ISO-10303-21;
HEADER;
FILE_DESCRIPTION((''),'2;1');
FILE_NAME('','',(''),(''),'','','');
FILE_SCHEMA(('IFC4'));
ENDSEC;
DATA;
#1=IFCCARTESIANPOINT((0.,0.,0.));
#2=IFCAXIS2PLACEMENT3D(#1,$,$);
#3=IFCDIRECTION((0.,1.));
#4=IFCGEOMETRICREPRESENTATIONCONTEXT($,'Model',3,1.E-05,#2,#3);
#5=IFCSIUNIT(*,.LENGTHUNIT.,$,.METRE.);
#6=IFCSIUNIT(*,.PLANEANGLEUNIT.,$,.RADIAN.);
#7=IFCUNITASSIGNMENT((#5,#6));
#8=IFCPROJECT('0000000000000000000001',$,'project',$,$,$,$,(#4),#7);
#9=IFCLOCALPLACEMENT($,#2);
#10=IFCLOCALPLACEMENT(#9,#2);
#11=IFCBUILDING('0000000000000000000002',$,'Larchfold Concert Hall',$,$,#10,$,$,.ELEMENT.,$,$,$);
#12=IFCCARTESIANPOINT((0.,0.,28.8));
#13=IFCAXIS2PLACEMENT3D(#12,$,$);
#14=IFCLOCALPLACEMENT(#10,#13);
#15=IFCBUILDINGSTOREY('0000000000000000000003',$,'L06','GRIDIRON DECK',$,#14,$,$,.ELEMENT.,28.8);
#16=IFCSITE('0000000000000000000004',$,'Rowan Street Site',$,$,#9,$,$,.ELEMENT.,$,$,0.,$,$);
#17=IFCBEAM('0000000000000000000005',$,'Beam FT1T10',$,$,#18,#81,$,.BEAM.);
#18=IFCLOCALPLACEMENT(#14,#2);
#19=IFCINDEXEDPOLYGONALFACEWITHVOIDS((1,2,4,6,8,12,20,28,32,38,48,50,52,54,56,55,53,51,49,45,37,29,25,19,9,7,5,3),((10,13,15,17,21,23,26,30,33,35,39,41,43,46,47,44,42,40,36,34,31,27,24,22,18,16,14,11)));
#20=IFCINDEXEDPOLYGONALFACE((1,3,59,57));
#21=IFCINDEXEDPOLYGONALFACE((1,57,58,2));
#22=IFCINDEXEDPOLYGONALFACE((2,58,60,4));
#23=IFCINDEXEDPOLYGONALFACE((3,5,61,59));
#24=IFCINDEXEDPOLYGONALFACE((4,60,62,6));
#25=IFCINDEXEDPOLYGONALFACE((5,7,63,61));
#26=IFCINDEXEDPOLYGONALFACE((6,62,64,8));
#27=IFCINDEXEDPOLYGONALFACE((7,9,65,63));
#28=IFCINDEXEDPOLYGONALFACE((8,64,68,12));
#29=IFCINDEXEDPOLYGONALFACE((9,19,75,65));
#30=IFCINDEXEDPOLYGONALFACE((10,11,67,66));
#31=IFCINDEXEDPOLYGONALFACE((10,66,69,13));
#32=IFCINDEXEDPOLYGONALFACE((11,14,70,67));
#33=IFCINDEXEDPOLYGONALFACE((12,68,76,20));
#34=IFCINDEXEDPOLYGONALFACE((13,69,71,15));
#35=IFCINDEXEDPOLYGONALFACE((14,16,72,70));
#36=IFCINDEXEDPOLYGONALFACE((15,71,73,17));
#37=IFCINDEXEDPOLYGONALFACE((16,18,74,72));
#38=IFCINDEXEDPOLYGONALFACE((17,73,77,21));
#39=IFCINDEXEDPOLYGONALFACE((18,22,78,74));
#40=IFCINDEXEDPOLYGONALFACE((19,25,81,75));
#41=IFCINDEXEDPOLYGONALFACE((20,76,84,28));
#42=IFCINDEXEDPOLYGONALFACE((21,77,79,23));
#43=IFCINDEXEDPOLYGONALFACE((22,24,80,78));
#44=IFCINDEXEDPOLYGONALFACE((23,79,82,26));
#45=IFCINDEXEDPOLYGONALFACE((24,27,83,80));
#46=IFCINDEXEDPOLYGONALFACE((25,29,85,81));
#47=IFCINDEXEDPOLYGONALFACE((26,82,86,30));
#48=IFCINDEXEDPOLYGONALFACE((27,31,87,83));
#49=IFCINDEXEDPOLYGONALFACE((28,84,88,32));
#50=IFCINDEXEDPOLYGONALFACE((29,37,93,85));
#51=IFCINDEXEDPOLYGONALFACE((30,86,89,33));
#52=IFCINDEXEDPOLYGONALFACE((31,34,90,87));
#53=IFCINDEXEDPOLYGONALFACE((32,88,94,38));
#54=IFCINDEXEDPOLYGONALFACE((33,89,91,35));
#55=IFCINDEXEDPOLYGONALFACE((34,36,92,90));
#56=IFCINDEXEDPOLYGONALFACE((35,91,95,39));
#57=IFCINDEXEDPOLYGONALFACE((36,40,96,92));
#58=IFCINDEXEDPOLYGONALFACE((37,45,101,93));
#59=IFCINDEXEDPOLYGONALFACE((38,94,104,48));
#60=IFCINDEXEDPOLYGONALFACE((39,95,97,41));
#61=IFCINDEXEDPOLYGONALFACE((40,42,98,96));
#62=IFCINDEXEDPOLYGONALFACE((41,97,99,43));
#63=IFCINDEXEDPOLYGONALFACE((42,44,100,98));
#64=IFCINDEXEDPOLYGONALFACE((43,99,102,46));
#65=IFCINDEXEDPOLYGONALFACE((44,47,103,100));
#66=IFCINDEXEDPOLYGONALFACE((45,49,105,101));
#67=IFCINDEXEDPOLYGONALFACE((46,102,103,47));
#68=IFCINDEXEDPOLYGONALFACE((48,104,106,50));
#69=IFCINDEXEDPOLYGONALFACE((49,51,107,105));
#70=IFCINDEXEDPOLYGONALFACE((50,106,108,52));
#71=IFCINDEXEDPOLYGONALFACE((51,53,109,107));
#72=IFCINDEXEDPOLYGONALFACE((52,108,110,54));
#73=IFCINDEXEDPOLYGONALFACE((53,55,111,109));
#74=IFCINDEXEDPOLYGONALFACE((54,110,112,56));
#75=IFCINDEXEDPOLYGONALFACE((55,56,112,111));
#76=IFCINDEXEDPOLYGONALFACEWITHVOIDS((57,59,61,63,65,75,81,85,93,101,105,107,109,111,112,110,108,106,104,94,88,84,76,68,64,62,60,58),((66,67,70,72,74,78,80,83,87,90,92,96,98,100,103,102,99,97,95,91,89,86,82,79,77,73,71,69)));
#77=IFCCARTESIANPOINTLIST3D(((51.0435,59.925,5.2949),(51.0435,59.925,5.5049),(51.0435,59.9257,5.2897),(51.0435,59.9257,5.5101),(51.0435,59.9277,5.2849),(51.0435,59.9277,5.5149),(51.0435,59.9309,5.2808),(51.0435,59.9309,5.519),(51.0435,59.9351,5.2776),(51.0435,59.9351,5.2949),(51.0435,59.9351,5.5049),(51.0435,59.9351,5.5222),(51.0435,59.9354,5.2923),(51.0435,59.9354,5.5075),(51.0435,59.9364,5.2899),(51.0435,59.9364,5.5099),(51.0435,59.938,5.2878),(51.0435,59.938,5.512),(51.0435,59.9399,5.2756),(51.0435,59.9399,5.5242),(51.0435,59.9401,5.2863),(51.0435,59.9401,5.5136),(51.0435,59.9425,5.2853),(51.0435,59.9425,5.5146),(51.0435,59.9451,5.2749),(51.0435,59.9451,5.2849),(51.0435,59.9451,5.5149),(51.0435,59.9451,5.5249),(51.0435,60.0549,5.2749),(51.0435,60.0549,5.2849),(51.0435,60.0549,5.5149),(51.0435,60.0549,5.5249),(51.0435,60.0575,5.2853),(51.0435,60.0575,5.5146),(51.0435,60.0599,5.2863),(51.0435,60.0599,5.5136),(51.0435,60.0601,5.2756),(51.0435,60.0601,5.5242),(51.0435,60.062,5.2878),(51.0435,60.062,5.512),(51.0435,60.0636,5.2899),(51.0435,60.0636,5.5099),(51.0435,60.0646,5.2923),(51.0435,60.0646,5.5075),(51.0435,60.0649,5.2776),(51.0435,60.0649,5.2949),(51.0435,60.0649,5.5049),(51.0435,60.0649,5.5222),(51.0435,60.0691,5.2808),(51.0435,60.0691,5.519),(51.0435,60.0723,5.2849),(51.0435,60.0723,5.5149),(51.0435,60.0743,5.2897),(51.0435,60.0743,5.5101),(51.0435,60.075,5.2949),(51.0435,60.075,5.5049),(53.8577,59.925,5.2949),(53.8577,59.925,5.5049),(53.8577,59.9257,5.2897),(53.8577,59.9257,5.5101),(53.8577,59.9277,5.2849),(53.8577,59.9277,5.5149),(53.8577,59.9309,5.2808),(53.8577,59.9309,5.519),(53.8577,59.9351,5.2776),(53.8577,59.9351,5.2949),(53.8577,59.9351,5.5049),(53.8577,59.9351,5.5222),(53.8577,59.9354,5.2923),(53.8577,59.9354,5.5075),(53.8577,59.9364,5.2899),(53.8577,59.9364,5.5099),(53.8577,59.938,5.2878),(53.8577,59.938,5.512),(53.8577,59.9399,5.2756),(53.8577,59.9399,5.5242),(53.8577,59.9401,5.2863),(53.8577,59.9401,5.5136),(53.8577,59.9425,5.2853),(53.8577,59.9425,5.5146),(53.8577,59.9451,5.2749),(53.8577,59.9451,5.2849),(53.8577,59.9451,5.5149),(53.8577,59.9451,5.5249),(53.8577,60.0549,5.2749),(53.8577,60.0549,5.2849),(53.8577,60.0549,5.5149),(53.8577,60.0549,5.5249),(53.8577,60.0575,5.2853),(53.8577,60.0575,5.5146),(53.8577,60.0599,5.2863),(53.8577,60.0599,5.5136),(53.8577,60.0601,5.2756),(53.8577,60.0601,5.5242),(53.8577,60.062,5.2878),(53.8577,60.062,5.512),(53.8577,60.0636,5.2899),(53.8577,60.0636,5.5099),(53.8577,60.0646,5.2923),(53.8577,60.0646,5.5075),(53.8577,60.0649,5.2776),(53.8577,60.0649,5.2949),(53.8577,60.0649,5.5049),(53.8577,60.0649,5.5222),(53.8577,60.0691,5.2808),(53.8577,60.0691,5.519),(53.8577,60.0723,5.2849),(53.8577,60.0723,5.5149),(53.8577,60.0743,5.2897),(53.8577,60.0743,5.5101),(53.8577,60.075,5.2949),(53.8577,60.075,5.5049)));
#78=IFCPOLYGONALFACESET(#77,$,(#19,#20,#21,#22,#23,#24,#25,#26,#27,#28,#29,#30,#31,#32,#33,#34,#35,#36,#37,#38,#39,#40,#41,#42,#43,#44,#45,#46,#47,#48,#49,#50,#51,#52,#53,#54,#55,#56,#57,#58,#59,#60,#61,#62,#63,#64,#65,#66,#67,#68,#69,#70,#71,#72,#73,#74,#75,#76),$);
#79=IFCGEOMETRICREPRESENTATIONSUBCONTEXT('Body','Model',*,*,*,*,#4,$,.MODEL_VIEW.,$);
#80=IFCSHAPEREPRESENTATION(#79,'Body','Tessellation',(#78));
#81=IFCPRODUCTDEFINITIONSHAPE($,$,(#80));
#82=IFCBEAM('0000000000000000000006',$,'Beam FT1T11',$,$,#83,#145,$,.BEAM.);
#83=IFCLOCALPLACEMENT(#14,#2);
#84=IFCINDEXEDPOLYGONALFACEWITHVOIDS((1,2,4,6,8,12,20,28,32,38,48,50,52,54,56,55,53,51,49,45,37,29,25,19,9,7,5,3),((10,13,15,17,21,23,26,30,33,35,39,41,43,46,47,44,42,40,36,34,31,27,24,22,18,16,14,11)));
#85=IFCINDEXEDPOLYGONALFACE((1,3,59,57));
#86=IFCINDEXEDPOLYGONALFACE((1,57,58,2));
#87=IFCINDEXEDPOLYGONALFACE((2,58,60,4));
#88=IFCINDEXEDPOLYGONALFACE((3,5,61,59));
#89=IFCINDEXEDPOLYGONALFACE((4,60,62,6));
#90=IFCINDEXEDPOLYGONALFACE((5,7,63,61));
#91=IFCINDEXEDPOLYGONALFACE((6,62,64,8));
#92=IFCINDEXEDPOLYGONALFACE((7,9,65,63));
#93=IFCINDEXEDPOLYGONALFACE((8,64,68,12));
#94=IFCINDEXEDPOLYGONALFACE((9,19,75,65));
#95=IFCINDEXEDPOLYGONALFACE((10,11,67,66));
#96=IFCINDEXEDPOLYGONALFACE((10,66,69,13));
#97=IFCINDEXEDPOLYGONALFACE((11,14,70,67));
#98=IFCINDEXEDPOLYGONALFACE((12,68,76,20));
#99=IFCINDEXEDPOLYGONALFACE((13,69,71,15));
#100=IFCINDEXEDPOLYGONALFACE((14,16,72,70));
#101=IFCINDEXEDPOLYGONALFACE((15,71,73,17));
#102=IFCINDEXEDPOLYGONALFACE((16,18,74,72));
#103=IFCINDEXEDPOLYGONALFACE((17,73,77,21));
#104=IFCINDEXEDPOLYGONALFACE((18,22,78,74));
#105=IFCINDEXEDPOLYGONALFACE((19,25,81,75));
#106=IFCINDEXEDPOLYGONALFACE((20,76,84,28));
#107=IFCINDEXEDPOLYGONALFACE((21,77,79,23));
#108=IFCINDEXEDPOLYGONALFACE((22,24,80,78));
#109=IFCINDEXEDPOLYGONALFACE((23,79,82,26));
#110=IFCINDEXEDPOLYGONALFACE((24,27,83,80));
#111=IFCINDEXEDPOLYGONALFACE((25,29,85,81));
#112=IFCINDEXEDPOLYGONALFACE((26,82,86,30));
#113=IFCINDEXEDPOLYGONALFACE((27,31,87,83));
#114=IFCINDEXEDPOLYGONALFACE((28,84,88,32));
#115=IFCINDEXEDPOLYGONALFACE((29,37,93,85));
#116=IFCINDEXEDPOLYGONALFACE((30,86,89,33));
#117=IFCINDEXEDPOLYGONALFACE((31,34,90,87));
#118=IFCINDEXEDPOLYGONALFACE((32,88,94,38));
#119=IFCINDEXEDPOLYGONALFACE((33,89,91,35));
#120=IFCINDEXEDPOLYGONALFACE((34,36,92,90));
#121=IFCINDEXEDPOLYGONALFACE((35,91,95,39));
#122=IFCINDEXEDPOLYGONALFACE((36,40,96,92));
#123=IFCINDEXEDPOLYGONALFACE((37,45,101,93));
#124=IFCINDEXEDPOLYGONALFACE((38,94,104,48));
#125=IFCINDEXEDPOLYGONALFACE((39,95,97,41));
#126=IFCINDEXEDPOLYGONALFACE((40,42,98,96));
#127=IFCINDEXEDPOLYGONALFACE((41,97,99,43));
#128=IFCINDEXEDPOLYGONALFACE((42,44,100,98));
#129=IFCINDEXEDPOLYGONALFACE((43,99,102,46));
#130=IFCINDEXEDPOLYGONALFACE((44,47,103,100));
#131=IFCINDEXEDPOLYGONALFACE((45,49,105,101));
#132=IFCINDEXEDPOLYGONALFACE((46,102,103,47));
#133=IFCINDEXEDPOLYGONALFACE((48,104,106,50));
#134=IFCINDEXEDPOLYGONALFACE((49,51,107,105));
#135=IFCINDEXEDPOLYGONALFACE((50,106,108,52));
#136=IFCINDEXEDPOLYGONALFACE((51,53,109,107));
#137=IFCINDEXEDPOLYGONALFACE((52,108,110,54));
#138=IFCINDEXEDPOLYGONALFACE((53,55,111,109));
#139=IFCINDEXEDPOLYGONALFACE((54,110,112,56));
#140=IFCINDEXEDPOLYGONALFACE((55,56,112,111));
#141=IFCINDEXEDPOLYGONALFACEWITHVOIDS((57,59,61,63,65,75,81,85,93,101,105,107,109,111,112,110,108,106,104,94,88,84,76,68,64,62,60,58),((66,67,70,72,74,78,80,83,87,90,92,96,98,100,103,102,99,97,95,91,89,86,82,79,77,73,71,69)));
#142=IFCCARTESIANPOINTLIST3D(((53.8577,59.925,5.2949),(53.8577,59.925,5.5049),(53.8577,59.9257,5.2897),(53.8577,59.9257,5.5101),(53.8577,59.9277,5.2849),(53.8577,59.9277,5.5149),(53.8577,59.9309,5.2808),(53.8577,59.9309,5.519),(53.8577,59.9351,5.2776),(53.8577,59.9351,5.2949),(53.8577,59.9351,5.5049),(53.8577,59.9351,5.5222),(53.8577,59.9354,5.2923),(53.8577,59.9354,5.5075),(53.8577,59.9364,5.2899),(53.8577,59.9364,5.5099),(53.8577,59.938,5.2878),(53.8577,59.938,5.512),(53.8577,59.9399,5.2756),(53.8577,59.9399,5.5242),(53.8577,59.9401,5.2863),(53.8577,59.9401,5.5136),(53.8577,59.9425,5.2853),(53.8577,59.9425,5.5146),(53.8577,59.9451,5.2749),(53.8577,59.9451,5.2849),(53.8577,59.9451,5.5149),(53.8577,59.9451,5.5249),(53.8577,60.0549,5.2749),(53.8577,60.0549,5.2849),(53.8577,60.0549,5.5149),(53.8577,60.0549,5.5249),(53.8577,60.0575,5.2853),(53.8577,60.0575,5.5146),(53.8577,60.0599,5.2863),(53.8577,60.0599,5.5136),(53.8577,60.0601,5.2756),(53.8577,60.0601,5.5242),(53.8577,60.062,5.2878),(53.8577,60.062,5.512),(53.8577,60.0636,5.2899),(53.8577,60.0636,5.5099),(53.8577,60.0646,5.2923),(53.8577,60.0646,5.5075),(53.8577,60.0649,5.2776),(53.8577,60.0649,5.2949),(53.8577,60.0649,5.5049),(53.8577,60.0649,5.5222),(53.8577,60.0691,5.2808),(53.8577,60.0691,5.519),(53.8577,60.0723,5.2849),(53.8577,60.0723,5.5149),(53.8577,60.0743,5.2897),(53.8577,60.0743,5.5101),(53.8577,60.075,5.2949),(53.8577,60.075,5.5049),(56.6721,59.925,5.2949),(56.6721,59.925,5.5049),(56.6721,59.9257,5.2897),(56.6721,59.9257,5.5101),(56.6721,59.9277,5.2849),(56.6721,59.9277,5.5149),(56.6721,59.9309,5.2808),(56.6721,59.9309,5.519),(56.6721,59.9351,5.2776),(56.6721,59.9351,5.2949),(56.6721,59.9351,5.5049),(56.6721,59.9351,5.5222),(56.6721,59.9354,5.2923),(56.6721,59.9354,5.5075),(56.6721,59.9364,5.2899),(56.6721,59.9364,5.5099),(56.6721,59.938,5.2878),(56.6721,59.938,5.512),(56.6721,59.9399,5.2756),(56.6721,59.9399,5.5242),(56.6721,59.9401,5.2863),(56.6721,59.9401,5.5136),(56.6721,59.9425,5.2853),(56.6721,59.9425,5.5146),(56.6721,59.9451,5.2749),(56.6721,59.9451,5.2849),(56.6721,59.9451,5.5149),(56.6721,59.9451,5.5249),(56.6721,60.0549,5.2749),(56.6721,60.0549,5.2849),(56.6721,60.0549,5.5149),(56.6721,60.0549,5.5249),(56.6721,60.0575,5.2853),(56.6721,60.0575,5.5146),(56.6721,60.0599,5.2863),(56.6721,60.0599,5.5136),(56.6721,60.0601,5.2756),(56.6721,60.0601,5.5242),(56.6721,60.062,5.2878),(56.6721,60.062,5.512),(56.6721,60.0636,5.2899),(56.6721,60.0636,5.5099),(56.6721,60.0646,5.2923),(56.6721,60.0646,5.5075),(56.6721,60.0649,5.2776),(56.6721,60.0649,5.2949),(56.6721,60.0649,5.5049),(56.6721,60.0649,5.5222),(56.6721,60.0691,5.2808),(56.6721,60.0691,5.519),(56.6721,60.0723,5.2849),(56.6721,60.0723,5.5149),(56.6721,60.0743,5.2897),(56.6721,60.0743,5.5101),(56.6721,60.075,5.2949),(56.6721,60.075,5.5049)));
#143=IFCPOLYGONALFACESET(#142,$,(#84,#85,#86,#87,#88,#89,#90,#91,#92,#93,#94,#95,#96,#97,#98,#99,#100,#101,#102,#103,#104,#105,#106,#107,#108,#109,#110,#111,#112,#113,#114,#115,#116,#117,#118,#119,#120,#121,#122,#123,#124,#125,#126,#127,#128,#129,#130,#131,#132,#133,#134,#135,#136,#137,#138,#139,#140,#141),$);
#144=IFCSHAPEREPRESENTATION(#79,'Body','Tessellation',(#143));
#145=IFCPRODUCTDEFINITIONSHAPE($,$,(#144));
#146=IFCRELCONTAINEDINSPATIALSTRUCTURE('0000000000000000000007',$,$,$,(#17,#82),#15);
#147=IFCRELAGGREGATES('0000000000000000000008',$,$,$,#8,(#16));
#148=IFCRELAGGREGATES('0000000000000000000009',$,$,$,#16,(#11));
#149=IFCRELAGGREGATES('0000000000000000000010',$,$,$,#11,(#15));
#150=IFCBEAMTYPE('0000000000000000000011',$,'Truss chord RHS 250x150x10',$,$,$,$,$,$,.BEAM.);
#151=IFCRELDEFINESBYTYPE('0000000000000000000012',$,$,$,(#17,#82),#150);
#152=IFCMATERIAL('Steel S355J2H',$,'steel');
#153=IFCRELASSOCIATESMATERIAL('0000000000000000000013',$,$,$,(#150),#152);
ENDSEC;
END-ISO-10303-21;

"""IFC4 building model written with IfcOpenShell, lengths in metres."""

from ifc_helpers import new_model, si_unit, direction, frame, origin, origin_2d, place, context, subcontext, project, spatial, hollow_rectangle, extrude, material, material_profile, profile_set, type_object, element, save


model = new_model("IFC4")

# Units and contexts
model_context = context("Model", 3, precision=1e-05, world=origin(), true_north=direction((0.0, 1.0)))
body_context = subcontext(model_context, "Body", "Model", "MODEL_VIEW")
ifc_project = project(units=[si_unit("LENGTHUNIT", "METRE"), si_unit("PLANEANGLEUNIT", "RADIAN")], contexts=[model_context])

# Site, building, storey
site_placement = place(None, origin())
site = spatial("IfcSite", under=ifc_project, at=site_placement, Name="Rowan Street Site", CompositionType="ELEMENT", RefElevation=0.0)
building_placement = place(site_placement, origin())
building = spatial("IfcBuilding", under=site, at=building_placement, Name="Larchfold Concert Hall", CompositionType="ELEMENT")
storey_placement = place(building_placement, frame((0.0, 0.0, 28.8)))
storey = spatial("IfcBuildingStorey", under=building, at=storey_placement, Name="L06", Description="GRIDIRON DECK", CompositionType="ELEMENT", Elevation=28.8)

# Beams
ifc_material_1 = material(Name="Steel S355J2H", Category="steel")
ifc_material_profile_1 = material_profile(ifc_material_1, hollow_rectangle(XDim=0.1499, YDim=0.25, WallThickness=0.01, InnerFilletRadius=0.01, OuterFilletRadius=0.02, at=origin_2d()))
ifc_profile_set_1 = profile_set([ifc_material_profile_1], Name="Steel S355J2H")
beam_type_1 = type_object("IfcBeamType", Name="Truss chord RHS 250x150x10", PredefinedType="BEAM", material=ifc_profile_set_1)
beam_1_placement = place(storey_placement, frame((51.0435, 60.0, 5.3999), z_axis=(1.0, 0.0, 0.0), x_axis=(0.0, 1.0, 0.0)))
element("IfcBeam", 1, at=beam_1_placement, inside=storey, type_object=beam_type_1, Name="Beam FT1T10", PredefinedType="BEAM", context=body_context, shape_type="SweptSolid", body=[
    extrude(hollow_rectangle(XDim=0.1499, YDim=0.25, WallThickness=0.01, InnerFilletRadius=0.01, OuterFilletRadius=0.02, at=origin_2d()), origin(), (0.0, 0.0, 1.0), 2.8142),
])
beam_2_placement = place(storey_placement, frame((53.8577, 60.0, 5.3999), z_axis=(1.0, 0.0, 0.0), x_axis=(0.0, 1.0, 0.0)))
element("IfcBeam", 2, at=beam_2_placement, inside=storey, type_object=beam_type_1, Name="Beam FT1T11", PredefinedType="BEAM", context=body_context, shape_type="SweptSolid", body=[
    extrude(hollow_rectangle(XDim=0.1499, YDim=0.25, WallThickness=0.01, InnerFilletRadius=0.01, OuterFilletRadius=0.02, at=origin_2d()), origin(), (0.0, 0.0, 1.0), 2.8145),
])

save(model, "model.ifc")
